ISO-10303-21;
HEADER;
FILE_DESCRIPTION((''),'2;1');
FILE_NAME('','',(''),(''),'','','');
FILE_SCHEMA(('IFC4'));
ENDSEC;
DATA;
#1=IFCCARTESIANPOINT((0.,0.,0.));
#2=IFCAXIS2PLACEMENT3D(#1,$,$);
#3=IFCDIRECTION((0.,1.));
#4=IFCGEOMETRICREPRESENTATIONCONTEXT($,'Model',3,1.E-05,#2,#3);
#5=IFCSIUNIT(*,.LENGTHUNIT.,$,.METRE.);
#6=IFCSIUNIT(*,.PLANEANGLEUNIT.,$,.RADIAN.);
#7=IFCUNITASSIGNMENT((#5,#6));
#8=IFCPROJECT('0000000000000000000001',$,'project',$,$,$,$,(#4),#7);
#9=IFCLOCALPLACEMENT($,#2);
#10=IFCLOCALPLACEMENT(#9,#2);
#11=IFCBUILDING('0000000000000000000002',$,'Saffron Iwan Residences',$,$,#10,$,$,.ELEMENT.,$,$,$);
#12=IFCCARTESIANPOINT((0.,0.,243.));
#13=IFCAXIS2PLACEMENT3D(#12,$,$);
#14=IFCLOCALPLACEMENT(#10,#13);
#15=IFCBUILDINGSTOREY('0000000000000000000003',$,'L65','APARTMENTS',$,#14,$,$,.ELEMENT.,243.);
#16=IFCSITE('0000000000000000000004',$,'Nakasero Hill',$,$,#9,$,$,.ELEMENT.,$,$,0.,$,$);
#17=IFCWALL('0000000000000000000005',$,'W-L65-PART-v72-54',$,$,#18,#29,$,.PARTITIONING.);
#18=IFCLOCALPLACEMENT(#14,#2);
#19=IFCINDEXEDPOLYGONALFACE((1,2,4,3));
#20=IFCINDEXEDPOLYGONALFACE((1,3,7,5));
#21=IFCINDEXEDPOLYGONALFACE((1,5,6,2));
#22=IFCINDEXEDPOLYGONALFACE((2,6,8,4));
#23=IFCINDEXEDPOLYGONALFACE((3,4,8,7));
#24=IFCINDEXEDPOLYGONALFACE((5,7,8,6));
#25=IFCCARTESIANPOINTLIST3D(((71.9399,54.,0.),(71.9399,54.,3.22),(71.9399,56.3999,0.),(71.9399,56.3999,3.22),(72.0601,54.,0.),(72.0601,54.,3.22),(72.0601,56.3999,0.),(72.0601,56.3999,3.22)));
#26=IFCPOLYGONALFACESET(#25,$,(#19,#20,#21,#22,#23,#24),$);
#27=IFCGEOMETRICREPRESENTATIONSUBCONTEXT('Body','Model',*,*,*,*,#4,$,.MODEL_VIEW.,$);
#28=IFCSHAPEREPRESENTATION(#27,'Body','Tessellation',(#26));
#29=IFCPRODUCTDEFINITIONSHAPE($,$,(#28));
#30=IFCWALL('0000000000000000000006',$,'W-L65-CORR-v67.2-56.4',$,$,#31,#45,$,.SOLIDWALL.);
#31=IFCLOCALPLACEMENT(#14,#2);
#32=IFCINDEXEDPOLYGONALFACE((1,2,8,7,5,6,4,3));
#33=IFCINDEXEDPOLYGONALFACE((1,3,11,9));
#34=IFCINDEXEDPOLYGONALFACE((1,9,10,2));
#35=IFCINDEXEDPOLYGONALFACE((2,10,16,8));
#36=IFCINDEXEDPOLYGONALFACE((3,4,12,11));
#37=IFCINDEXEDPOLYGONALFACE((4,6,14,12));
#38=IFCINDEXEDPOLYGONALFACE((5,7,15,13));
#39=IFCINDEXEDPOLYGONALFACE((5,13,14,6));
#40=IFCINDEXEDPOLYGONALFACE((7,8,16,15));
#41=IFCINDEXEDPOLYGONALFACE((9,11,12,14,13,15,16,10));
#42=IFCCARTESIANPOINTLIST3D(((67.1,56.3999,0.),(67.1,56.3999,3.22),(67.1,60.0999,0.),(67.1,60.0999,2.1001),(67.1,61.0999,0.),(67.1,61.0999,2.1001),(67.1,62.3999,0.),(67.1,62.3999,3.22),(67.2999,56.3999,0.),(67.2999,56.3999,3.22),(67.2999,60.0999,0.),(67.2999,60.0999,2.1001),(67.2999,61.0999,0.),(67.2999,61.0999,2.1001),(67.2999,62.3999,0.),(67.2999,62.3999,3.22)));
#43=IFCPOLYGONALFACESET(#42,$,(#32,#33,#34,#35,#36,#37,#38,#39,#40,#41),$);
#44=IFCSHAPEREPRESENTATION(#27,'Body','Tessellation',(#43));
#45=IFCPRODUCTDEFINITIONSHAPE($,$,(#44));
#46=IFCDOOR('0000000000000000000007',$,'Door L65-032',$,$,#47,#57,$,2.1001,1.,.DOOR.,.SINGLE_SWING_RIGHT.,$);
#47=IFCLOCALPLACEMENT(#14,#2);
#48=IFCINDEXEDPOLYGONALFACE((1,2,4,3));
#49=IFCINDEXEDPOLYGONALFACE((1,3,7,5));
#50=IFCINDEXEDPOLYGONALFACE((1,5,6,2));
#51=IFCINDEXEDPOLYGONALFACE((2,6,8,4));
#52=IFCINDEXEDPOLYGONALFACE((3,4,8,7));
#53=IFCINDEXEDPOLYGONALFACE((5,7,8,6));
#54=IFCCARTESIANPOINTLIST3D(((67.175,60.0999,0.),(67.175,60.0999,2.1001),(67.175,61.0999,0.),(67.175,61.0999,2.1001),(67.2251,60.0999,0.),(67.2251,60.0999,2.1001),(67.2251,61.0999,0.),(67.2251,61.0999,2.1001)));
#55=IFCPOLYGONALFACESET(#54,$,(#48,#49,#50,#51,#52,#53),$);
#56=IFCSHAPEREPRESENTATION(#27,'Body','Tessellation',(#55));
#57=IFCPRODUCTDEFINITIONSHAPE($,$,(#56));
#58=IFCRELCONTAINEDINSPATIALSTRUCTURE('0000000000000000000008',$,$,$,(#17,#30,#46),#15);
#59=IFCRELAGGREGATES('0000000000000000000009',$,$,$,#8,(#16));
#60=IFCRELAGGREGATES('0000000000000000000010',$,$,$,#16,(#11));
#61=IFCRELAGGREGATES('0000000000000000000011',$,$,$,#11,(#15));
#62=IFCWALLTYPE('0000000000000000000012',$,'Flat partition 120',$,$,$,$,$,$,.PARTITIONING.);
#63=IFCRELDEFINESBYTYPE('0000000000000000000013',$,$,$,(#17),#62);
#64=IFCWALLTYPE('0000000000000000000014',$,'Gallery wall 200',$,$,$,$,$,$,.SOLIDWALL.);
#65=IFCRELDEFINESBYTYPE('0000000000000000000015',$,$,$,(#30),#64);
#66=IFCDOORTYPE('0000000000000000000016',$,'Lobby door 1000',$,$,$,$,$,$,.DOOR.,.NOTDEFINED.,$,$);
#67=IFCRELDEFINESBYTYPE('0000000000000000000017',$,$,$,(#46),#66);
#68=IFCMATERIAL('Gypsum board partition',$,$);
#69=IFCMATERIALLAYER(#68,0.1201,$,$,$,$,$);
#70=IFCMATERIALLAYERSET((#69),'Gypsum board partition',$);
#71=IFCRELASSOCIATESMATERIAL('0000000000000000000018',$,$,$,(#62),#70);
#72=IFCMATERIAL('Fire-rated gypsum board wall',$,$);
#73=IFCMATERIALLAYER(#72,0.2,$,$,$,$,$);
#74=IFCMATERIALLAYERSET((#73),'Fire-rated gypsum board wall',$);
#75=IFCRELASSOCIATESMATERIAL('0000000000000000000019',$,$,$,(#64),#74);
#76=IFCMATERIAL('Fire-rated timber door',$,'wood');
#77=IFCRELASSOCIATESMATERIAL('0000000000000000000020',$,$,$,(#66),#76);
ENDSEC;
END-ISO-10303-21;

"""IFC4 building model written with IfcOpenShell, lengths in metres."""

from ifc_helpers import new_model, si_unit, direction, frame, frame_2d, origin, place, context, subcontext, project, spatial, rectangle, extrude, material, layer, layer_set, type_object, element, fill, save


model = new_model("IFC4")

# Units and contexts
model_context = context("Model", 3, precision=1e-05, world=origin(), true_north=direction((0.0, 1.0)))
body_context = subcontext(model_context, "Body", "Model", "MODEL_VIEW")
ifc_project = project(units=[si_unit("LENGTHUNIT", "METRE"), si_unit("PLANEANGLEUNIT", "RADIAN")], contexts=[model_context])

# Site, building, storey
site_placement = place(None, origin())
site = spatial("IfcSite", under=ifc_project, at=site_placement, Name="Nakasero Hill", CompositionType="ELEMENT", RefElevation=0.0)
building_placement = place(site_placement, origin())
building = spatial("IfcBuilding", under=site, at=building_placement, Name="Saffron Iwan Residences", CompositionType="ELEMENT")
storey_placement = place(building_placement, frame((0.0, 0.0, 243.0)))
storey = spatial("IfcBuildingStorey", under=building, at=storey_placement, Name="L65", Description="APARTMENTS", CompositionType="ELEMENT", Elevation=243.0)

# Shared definitions
ifc_material_1 = material(Name="Fire-rated gypsum board wall")

# Shared definitions
ifc_material_2 = material(Name="Gypsum board partition")
ifc_layer_1 = layer(ifc_material_2, 0.1201)
ifc_layer_set_1 = layer_set([ifc_layer_1], Name="Gypsum board partition")
wall_type_1 = type_object("IfcWallType", Name="Flat partition 120", PredefinedType="PARTITIONING", material=ifc_layer_set_1)

# Wall
wall_1_placement = place(storey_placement, frame((72.0, 54.0, 0.0), z_axis=(0.0, 0.0, 1.0), x_axis=(0.0, 1.0, 0.0)))
element("IfcWall", 1, at=wall_1_placement, inside=storey, type_object=wall_type_1, Name="W-L65-PART-v72-54", PredefinedType="PARTITIONING", context=body_context, shape_type="SweptSolid", body=[
    extrude(rectangle(XDim=2.3999, YDim=0.1201, at=frame_2d((1.2, 0.0))), origin(), (0.0, 0.0, 1.0), 3.22),
])

# Wall, opening, door
ifc_layer_2 = layer(ifc_material_1, 0.2)
ifc_layer_set_2 = layer_set([ifc_layer_2], Name="Fire-rated gypsum board wall")
wall_type_2 = type_object("IfcWallType", Name="Gallery wall 200", PredefinedType="SOLIDWALL", material=ifc_layer_set_2)
wall_2_placement = place(storey_placement, frame((67.2, 56.3999, 0.0), z_axis=(0.0, 0.0, 1.0), x_axis=(0.0, 1.0, 0.0)))
wall_2 = element("IfcWall", 2, at=wall_2_placement, inside=storey, type_object=wall_type_2, Name="W-L65-CORR-v67.2-56.4", PredefinedType="SOLIDWALL", context=body_context, shape_type="SweptSolid", body=[
    extrude(rectangle(XDim=6.0, YDim=0.2, at=frame_2d((3.0, 0.0))), origin(), (0.0, 0.0, 1.0), 3.22),
])
opening_1_placement = place(wall_2_placement, frame((3.7, 0.0, 0.0)))
opening_1 = element("IfcOpeningElement", 3, at=opening_1_placement, cuts=wall_2, PredefinedType="OPENING", context=body_context, shape_type="SweptSolid", body=[
    extrude(rectangle(XDim=1.0, YDim=2.1001, at=frame_2d((0.5, 1.05))), frame((0.0, 0.1099, 0.0), z_axis=(0.0, -1.0, 0.0), x_axis=(1.0, 0.0, 0.0)), (0.0, 0.0, 1.0), 0.22),
])
ifc_material_3 = material(Name="Fire-rated timber door", Category="wood")
door_type_1 = type_object("IfcDoorType", Name="Lobby door 1000", OperationType="NOTDEFINED", PredefinedType="DOOR", material=ifc_material_3)
door_1_placement = place(opening_1_placement, origin())
door_1 = element("IfcDoor", 4, at=door_1_placement, inside=storey, type_object=door_type_1, Name="Door L65-032", OperationType="SINGLE_SWING_RIGHT", OverallHeight=2.1001, OverallWidth=1.0, PredefinedType="DOOR", context=body_context, shape_type="SweptSolid", body=[
    extrude(rectangle(XDim=1.0, YDim=2.1001, at=frame_2d((0.5, 1.05))), frame((0.0, 0.0249, 0.0), z_axis=(0.0, -1.0, 0.0), x_axis=(1.0, 0.0, 0.0)), (0.0, 0.0, 1.0), 0.05),
])
fill(opening_1, door_1)

save(model, "model.ifc")
